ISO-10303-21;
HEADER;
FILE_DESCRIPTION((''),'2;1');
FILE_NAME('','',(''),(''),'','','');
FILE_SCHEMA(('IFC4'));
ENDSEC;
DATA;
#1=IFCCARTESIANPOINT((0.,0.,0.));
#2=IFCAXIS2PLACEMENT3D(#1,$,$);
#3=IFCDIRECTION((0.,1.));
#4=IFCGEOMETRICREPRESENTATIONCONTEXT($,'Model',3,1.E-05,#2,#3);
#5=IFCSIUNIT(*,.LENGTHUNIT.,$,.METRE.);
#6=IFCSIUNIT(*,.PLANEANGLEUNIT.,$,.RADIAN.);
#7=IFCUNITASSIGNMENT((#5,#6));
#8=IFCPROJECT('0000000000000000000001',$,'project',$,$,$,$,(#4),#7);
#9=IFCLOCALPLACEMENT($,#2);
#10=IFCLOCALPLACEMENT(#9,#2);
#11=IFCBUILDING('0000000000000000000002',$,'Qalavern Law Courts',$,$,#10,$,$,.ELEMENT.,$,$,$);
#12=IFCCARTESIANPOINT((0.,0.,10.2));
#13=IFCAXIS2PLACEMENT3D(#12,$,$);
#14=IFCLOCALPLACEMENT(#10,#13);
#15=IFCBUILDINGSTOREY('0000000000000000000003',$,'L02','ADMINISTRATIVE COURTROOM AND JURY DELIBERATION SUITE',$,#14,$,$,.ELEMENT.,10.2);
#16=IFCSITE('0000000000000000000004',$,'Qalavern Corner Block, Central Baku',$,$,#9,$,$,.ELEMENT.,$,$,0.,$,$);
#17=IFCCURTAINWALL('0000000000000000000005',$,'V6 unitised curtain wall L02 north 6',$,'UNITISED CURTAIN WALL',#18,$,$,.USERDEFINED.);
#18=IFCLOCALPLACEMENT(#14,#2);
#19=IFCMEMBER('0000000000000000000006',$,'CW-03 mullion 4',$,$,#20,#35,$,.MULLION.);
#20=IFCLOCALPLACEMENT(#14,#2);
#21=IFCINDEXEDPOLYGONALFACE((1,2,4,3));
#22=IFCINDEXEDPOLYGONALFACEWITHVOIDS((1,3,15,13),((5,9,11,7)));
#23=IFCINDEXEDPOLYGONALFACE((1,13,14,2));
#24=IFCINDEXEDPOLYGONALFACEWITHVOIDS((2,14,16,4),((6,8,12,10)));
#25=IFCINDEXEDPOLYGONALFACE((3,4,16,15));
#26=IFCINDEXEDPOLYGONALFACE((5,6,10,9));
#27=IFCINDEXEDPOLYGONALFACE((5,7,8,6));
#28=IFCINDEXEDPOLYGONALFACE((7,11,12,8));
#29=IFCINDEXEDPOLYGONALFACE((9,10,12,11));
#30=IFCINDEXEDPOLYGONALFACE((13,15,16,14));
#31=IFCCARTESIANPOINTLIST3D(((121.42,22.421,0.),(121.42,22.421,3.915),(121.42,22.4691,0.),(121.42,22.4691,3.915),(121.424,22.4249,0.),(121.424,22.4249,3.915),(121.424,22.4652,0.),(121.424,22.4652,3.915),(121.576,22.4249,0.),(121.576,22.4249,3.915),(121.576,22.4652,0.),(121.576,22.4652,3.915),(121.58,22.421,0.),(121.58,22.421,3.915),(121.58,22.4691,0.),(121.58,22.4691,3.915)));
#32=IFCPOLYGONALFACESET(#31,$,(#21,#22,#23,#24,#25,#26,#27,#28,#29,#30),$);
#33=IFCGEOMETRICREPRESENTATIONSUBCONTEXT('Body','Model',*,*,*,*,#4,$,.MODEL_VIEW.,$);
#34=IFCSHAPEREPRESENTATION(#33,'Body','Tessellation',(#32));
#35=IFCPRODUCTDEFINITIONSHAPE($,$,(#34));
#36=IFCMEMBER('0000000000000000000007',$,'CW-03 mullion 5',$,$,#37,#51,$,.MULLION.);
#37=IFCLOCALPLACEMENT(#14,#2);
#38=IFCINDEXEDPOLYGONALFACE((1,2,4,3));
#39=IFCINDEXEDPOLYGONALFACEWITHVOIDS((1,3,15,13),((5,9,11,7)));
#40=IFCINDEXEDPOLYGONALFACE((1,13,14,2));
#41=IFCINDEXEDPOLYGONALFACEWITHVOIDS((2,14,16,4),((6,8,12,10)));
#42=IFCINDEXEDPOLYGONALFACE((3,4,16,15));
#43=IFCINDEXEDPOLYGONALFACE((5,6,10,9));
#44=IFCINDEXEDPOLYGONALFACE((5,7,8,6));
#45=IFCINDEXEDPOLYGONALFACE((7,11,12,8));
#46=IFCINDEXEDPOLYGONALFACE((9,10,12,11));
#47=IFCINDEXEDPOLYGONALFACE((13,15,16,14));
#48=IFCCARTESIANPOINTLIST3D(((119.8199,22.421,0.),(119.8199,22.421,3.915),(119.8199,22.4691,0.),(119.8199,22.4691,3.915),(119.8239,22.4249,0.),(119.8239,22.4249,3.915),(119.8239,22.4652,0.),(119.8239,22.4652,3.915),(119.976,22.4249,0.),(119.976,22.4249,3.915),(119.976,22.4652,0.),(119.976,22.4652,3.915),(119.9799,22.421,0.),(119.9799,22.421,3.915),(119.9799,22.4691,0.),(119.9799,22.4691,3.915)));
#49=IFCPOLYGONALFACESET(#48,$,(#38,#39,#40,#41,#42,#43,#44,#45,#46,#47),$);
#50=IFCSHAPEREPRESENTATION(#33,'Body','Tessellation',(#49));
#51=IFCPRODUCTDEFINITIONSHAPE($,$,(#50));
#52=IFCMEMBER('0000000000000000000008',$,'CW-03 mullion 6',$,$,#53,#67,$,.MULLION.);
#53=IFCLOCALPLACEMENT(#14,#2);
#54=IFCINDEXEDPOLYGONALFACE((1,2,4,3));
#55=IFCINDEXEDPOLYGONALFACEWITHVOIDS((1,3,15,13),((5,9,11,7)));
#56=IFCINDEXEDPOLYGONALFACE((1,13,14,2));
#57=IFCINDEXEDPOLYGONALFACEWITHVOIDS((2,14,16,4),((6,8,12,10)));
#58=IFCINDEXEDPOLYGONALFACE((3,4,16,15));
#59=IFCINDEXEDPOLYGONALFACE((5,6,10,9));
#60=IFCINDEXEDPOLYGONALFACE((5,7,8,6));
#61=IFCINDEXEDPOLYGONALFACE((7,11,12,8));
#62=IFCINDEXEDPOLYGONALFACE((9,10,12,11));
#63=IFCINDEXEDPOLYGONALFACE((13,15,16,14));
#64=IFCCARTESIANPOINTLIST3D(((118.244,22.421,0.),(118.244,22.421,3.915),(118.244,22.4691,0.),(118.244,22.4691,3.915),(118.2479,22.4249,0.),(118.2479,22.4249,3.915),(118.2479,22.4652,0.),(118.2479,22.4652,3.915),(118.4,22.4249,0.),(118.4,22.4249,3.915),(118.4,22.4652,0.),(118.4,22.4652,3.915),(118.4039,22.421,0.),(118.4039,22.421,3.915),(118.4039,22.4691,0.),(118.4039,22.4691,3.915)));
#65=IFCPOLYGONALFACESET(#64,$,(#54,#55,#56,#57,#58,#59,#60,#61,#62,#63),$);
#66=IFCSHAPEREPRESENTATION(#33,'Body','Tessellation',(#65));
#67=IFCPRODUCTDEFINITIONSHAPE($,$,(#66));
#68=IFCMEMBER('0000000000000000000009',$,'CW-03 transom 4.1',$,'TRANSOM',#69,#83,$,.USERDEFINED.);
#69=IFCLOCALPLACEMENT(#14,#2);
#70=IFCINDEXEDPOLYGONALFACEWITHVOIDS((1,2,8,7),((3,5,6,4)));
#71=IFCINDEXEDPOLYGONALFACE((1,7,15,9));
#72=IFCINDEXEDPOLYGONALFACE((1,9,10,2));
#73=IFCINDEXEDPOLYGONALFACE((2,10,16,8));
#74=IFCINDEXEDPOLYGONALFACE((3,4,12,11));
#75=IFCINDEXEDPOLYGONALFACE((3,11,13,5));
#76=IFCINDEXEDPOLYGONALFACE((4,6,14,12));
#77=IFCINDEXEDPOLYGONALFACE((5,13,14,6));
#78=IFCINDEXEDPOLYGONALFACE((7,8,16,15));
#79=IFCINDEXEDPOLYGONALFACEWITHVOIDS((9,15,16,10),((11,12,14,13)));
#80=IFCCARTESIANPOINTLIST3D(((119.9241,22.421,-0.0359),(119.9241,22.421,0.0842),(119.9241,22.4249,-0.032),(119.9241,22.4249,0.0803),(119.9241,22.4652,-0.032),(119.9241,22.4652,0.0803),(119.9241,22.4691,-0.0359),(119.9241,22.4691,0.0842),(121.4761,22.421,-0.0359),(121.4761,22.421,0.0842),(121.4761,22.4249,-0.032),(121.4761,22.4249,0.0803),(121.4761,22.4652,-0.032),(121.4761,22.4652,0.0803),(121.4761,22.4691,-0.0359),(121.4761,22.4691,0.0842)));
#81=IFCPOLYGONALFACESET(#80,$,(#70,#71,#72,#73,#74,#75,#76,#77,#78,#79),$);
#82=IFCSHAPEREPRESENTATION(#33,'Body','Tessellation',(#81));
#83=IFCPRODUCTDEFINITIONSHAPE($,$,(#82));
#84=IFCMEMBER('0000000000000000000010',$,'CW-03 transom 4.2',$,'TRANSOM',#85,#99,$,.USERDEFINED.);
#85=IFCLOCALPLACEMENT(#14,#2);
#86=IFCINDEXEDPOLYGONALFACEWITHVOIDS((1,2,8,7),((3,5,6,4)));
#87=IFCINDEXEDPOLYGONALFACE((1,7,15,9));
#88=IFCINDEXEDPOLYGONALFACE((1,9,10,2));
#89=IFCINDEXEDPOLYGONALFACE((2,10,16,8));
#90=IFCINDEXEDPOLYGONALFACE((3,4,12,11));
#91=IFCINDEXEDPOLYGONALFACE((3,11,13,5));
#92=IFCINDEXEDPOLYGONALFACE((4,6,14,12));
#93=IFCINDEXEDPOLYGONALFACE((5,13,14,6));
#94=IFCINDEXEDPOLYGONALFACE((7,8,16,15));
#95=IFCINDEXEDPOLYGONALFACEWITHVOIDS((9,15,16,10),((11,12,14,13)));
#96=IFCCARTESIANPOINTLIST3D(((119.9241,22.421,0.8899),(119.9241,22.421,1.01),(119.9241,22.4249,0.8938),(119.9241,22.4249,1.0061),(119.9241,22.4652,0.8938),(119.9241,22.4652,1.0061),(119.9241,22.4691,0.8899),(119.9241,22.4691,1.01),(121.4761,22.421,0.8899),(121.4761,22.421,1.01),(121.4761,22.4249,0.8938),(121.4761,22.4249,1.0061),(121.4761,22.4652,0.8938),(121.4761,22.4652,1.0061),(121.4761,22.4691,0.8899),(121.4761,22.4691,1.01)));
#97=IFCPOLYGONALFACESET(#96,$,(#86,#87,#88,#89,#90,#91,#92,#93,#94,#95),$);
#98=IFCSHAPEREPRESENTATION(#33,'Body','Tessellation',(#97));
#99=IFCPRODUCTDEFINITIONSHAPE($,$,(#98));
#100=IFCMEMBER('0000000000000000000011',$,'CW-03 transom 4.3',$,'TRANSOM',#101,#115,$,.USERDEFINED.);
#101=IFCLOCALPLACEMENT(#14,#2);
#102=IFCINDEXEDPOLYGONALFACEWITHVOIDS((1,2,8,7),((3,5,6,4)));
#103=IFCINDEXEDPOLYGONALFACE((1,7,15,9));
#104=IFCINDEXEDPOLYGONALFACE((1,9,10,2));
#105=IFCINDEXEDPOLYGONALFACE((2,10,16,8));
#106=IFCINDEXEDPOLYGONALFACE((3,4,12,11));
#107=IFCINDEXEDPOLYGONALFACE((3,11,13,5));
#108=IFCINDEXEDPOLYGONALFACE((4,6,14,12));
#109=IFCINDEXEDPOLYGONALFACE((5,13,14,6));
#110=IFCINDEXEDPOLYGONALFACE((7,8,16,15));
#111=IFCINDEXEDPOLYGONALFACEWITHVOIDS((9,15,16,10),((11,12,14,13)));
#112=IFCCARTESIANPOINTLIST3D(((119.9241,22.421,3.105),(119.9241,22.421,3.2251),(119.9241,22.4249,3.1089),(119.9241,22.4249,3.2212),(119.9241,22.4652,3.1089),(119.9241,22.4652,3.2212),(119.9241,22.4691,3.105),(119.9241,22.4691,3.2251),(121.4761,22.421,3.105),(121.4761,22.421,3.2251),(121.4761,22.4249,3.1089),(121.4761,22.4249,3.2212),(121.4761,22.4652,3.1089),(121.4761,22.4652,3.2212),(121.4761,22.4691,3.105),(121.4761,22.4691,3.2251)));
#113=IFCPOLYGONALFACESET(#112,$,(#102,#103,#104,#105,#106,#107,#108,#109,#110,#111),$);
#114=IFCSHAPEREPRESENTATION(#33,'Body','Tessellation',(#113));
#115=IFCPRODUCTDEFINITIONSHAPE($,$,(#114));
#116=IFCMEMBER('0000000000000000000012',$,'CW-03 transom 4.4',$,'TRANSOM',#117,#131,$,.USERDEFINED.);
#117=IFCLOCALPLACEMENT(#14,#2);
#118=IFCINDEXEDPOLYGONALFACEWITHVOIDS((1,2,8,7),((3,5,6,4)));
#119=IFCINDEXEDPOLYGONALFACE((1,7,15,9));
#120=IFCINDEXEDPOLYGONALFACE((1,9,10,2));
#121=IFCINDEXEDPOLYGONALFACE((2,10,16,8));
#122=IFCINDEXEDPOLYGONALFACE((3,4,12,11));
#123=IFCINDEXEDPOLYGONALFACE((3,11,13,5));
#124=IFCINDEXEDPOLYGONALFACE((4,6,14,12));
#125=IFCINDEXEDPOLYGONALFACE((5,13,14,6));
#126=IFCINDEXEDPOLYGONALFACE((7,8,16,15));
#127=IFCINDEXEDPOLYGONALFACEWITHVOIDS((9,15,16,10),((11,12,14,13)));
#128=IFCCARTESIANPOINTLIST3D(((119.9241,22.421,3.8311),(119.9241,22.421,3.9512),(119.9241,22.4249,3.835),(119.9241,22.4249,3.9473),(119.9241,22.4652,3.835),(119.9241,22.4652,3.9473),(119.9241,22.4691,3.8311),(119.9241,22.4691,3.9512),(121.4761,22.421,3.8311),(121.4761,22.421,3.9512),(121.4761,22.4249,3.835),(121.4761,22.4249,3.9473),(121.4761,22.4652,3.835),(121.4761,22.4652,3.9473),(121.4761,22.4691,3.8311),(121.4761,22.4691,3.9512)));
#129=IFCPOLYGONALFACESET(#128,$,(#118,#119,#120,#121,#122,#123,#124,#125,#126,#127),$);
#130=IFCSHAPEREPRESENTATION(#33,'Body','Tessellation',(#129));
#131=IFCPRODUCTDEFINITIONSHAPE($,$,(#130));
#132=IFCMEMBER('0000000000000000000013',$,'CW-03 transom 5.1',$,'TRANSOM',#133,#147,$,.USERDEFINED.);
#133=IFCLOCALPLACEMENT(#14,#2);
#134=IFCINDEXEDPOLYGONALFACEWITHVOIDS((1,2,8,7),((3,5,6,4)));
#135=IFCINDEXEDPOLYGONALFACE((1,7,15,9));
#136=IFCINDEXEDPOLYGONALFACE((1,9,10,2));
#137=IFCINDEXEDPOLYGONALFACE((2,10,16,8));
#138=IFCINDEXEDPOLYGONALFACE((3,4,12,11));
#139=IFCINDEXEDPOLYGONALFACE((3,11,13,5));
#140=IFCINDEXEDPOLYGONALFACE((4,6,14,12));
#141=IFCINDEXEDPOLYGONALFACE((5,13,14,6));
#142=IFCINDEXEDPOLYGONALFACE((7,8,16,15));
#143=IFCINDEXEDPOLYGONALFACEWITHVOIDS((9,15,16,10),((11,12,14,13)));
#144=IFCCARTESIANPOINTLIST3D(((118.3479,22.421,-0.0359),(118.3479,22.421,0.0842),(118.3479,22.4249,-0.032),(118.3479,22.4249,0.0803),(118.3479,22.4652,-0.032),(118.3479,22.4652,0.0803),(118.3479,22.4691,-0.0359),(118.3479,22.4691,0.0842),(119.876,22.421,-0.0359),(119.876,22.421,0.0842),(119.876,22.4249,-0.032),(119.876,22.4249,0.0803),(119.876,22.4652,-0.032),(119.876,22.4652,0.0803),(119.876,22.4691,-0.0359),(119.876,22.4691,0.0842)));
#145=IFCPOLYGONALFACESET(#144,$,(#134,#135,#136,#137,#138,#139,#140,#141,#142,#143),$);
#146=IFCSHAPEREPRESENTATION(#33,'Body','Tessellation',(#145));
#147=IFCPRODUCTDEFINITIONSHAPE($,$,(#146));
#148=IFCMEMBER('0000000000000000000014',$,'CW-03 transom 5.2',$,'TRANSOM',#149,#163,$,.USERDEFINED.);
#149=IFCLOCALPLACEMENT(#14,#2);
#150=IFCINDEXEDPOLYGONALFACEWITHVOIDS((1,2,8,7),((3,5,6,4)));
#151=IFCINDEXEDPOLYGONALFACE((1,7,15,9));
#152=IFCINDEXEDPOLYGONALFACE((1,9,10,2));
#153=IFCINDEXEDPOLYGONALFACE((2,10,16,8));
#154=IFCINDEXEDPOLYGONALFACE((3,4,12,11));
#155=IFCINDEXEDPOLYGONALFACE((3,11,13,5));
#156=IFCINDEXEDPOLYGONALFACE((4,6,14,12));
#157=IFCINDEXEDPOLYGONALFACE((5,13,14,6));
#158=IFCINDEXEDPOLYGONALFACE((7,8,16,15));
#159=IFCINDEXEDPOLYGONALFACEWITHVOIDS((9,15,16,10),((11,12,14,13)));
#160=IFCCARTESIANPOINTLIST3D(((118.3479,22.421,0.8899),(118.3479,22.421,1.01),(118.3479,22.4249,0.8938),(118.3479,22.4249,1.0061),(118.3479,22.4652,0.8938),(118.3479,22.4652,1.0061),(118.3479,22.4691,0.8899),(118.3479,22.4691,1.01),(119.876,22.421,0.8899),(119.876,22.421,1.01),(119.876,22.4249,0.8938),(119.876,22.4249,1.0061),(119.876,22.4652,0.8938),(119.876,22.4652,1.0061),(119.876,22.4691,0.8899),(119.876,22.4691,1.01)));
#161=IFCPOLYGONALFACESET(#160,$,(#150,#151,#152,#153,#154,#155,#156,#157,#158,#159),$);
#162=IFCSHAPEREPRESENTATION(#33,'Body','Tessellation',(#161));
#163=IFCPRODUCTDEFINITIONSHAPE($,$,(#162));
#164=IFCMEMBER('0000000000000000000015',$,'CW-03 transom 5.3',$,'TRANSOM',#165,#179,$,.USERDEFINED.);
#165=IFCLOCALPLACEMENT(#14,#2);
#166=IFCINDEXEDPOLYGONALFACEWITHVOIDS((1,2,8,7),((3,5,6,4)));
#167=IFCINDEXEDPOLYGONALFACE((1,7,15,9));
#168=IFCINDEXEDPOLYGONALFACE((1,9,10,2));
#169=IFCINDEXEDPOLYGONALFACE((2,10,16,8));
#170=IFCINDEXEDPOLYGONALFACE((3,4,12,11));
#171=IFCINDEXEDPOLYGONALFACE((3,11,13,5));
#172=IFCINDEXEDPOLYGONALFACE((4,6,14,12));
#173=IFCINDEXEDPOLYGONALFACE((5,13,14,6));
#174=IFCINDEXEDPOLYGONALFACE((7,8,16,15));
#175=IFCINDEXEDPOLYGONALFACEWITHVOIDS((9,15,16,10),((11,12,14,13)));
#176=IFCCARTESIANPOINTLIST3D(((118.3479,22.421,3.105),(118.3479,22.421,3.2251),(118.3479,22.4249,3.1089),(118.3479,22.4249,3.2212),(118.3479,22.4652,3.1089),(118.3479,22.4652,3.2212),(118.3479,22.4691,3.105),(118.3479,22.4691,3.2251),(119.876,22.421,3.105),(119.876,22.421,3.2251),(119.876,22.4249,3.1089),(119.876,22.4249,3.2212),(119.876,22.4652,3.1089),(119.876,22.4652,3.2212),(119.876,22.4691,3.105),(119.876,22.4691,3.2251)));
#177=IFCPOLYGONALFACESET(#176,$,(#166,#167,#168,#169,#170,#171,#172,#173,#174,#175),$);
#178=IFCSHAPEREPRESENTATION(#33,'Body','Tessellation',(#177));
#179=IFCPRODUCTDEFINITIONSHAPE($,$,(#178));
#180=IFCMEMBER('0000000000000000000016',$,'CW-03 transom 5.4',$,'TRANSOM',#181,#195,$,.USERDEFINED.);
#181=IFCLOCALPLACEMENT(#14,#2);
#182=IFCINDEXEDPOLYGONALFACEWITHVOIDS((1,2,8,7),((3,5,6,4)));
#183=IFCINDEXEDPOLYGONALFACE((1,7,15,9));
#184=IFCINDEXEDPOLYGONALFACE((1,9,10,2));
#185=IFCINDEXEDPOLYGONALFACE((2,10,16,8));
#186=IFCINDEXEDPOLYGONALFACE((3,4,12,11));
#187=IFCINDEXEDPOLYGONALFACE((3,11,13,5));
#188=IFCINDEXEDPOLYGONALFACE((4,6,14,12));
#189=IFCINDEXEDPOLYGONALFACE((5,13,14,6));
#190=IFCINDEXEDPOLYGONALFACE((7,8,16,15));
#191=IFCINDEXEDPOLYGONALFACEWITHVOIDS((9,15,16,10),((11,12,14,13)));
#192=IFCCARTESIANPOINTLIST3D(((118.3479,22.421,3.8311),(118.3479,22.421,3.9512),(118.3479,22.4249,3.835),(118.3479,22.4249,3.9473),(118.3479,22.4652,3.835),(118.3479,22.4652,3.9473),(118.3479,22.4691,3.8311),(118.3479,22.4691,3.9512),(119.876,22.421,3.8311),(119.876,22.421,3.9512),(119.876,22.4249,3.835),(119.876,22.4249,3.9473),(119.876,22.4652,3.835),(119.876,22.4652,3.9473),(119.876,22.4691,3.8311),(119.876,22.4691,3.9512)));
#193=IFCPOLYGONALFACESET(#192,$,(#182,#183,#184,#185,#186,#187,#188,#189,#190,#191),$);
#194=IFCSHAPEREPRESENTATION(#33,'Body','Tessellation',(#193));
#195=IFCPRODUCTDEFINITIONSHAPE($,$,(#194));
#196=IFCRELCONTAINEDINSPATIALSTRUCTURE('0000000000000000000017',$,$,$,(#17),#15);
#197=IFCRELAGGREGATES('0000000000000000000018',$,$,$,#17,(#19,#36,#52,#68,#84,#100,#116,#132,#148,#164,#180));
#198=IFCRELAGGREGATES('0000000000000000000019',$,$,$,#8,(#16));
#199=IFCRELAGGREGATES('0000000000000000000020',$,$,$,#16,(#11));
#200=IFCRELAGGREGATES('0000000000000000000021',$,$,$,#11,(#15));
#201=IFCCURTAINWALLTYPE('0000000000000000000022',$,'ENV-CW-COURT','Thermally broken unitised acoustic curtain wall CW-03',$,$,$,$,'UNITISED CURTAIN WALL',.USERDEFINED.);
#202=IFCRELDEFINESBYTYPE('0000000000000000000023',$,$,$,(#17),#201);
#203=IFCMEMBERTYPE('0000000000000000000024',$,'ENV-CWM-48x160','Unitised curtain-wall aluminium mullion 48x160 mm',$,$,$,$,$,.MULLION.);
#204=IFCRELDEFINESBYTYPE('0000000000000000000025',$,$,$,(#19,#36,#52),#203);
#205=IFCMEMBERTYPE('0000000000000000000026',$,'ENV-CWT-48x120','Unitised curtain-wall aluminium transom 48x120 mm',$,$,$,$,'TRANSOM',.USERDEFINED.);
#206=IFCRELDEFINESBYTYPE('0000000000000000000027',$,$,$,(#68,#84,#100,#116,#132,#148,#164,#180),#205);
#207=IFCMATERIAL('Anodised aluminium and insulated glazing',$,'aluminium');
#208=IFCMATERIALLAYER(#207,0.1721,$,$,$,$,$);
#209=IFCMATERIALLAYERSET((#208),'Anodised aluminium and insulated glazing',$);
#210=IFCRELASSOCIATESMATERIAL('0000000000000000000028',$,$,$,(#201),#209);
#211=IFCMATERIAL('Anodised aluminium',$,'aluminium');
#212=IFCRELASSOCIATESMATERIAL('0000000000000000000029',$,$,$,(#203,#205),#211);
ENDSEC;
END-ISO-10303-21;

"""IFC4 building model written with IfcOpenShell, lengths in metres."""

from ifc_helpers import new_model, si_unit, direction, frame, origin, origin_2d, place, context, subcontext, project, spatial, hollow_rectangle, extrude, material, layer, layer_set, material_profile, profile_set, type_object, element, aggregate, save


model = new_model("IFC4")

# Units and contexts
model_context = context("Model", 3, precision=1e-05, world=origin(), true_north=direction((0.0, 1.0)))
body_context = subcontext(model_context, "Body", "Model", "MODEL_VIEW")
ifc_project = project(units=[si_unit("LENGTHUNIT", "METRE"), si_unit("PLANEANGLEUNIT", "RADIAN")], contexts=[model_context])

# Site, building, storey
site_placement = place(None, origin())
site = spatial("IfcSite", under=ifc_project, at=site_placement, Name="Qalavern Corner Block, Central Baku", CompositionType="ELEMENT", RefElevation=0.0)
building_placement = place(site_placement, origin())
building = spatial("IfcBuilding", under=site, at=building_placement, Name="Qalavern Law Courts", CompositionType="ELEMENT")
storey_placement = place(building_placement, frame((0.0, 0.0, 10.2)))
storey = spatial("IfcBuildingStorey", under=building, at=storey_placement, Name="L02", Description="ADMINISTRATIVE COURTROOM AND JURY DELIBERATION SUITE", CompositionType="ELEMENT", Elevation=10.2)

# Curtain wall, members
ifc_material_1 = material(Name="Anodised aluminium and insulated glazing", Category="aluminium")
ifc_layer_1 = layer(ifc_material_1, 0.1721)
ifc_layer_set_1 = layer_set([ifc_layer_1], Name="Anodised aluminium and insulated glazing")
curtain_wall_type = type_object("IfcCurtainWallType", Name="ENV-CW-COURT", Description="Thermally broken unitised acoustic curtain wall CW-03", ElementType="UNITISED CURTAIN WALL", PredefinedType="USERDEFINED", material=ifc_layer_set_1)
curtain_wall_placement = place(storey_placement, origin())
curtain_wall = element("IfcCurtainWall", 1, at=curtain_wall_placement, inside=storey, type_object=curtain_wall_type, Name="V6 unitised curtain wall L02 north 6", ObjectType="UNITISED CURTAIN WALL", PredefinedType="USERDEFINED")
ifc_material_2 = material(Name="Anodised aluminium", Category="aluminium")
ifc_material_profile_1 = material_profile(ifc_material_2, hollow_rectangle(XDim=0.0481, YDim=0.1599, WallThickness=0.0039, at=origin_2d()), Name="ALU MULLION 48x160")
ifc_profile_set_1 = profile_set([ifc_material_profile_1], Name="Anodised aluminium")
member_type_1 = type_object("IfcMemberType", Name="ENV-CWM-48x160", Description="Unitised curtain-wall aluminium mullion 48x160 mm", PredefinedType="MULLION", material=ifc_profile_set_1)
member_1_placement = place(storey_placement, frame((121.5, 22.4451, 0.0), z_axis=(0.0, 0.0, 1.0), x_axis=(0.0, -1.0, 0.0)))
member_1 = element("IfcMember", 2, at=member_1_placement, type_object=member_type_1, Name="CW-03 mullion 4", PredefinedType="MULLION", context=body_context, shape_type="SweptSolid", body=[
    extrude(hollow_rectangle(XDim=0.0481, YDim=0.1599, WallThickness=0.0039, at=origin_2d()), origin(), (0.0, 0.0, 1.0), 3.915),
])
member_2_placement = place(storey_placement, frame((119.8999, 22.4451, 0.0), z_axis=(0.0, 0.0, 1.0), x_axis=(0.0, -1.0, 0.0)))
member_2 = element("IfcMember", 3, at=member_2_placement, type_object=member_type_1, Name="CW-03 mullion 5", PredefinedType="MULLION", context=body_context, shape_type="SweptSolid", body=[
    extrude(hollow_rectangle(XDim=0.0481, YDim=0.1599, WallThickness=0.0039, at=origin_2d()), origin(), (0.0, 0.0, 1.0), 3.915),
])
member_3_placement = place(storey_placement, frame((118.324, 22.4451, 0.0), z_axis=(0.0, 0.0, 1.0), x_axis=(0.0, -1.0, 0.0)))
member_3 = element("IfcMember", 4, at=member_3_placement, type_object=member_type_1, Name="CW-03 mullion 6", PredefinedType="MULLION", context=body_context, shape_type="SweptSolid", body=[
    extrude(hollow_rectangle(XDim=0.0481, YDim=0.1599, WallThickness=0.0039, at=origin_2d()), origin(), (0.0, 0.0, 1.0), 3.915),
])
ifc_material_profile_2 = material_profile(ifc_material_2, hollow_rectangle(XDim=0.0481, YDim=0.1201, WallThickness=0.0039, at=origin_2d()), Name="ALU TRANSOM 48x120")
ifc_profile_set_2 = profile_set([ifc_material_profile_2], Name="Anodised aluminium")
member_type_2 = type_object("IfcMemberType", Name="ENV-CWT-48x120", Description="Unitised curtain-wall aluminium transom 48x120 mm", ElementType="TRANSOM", PredefinedType="USERDEFINED", material=ifc_profile_set_2)
member_4_placement = place(storey_placement, frame((121.4761, 22.4451, 0.0242), z_axis=(-1.0, 0.0, 0.0), x_axis=(0.0, -1.0, 0.0)))
member_4 = element("IfcMember", 5, at=member_4_placement, type_object=member_type_2, Name="CW-03 transom 4.1", ObjectType="TRANSOM", PredefinedType="USERDEFINED", context=body_context, shape_type="SweptSolid", body=[
    extrude(hollow_rectangle(XDim=0.0481, YDim=0.1201, WallThickness=0.0039, at=origin_2d()), origin(), (0.0, 0.0, 1.0), 1.552),
])
member_5_placement = place(storey_placement, frame((121.4761, 22.4451, 0.95), z_axis=(-1.0, 0.0, 0.0), x_axis=(0.0, -1.0, 0.0)))
member_5 = element("IfcMember", 6, at=member_5_placement, type_object=member_type_2, Name="CW-03 transom 4.2", ObjectType="TRANSOM", PredefinedType="USERDEFINED", context=body_context, shape_type="SweptSolid", body=[
    extrude(hollow_rectangle(XDim=0.0481, YDim=0.1201, WallThickness=0.0039, at=origin_2d()), origin(), (0.0, 0.0, 1.0), 1.552),
])
member_6_placement = place(storey_placement, frame((121.4761, 22.4451, 3.165), z_axis=(-1.0, 0.0, 0.0), x_axis=(0.0, -1.0, 0.0)))
member_6 = element("IfcMember", 7, at=member_6_placement, type_object=member_type_2, Name="CW-03 transom 4.3", ObjectType="TRANSOM", PredefinedType="USERDEFINED", context=body_context, shape_type="SweptSolid", body=[
    extrude(hollow_rectangle(XDim=0.0481, YDim=0.1201, WallThickness=0.0039, at=origin_2d()), origin(), (0.0, 0.0, 1.0), 1.552),
])
member_7_placement = place(storey_placement, frame((121.4761, 22.4451, 3.8911), z_axis=(-1.0, 0.0, 0.0), x_axis=(0.0, -1.0, 0.0)))
member_7 = element("IfcMember", 8, at=member_7_placement, type_object=member_type_2, Name="CW-03 transom 4.4", ObjectType="TRANSOM", PredefinedType="USERDEFINED", context=body_context, shape_type="SweptSolid", body=[
    extrude(hollow_rectangle(XDim=0.0481, YDim=0.1201, WallThickness=0.0039, at=origin_2d()), origin(), (0.0, 0.0, 1.0), 1.552),
])
member_8_placement = place(storey_placement, frame((119.876, 22.4451, 0.0242), z_axis=(-1.0, 0.0, 0.0), x_axis=(0.0, -1.0, 0.0)))
member_8 = element("IfcMember", 9, at=member_8_placement, type_object=member_type_2, Name="CW-03 transom 5.1", ObjectType="TRANSOM", PredefinedType="USERDEFINED", context=body_context, shape_type="SweptSolid", body=[
    extrude(hollow_rectangle(XDim=0.0481, YDim=0.1201, WallThickness=0.0039, at=origin_2d()), origin(), (0.0, 0.0, 1.0), 1.5281),
])
member_9_placement = place(storey_placement, frame((119.876, 22.4451, 0.95), z_axis=(-1.0, 0.0, 0.0), x_axis=(0.0, -1.0, 0.0)))
member_9 = element("IfcMember", 10, at=member_9_placement, type_object=member_type_2, Name="CW-03 transom 5.2", ObjectType="TRANSOM", PredefinedType="USERDEFINED", context=body_context, shape_type="SweptSolid", body=[
    extrude(hollow_rectangle(XDim=0.0481, YDim=0.1201, WallThickness=0.0039, at=origin_2d()), origin(), (0.0, 0.0, 1.0), 1.5281),
])
member_10_placement = place(storey_placement, frame((119.876, 22.4451, 3.165), z_axis=(-1.0, 0.0, 0.0), x_axis=(0.0, -1.0, 0.0)))
member_10 = element("IfcMember", 11, at=member_10_placement, type_object=member_type_2, Name="CW-03 transom 5.3", ObjectType="TRANSOM", PredefinedType="USERDEFINED", context=body_context, shape_type="SweptSolid", body=[
    extrude(hollow_rectangle(XDim=0.0481, YDim=0.1201, WallThickness=0.0039, at=origin_2d()), origin(), (0.0, 0.0, 1.0), 1.5281),
])
member_11_placement = place(storey_placement, frame((119.876, 22.4451, 3.8911), z_axis=(-1.0, 0.0, 0.0), x_axis=(0.0, -1.0, 0.0)))
member_11 = element("IfcMember", 12, at=member_11_placement, type_object=member_type_2, Name="CW-03 transom 5.4", ObjectType="TRANSOM", PredefinedType="USERDEFINED", context=body_context, shape_type="SweptSolid", body=[
    extrude(hollow_rectangle(XDim=0.0481, YDim=0.1201, WallThickness=0.0039, at=origin_2d()), origin(), (0.0, 0.0, 1.0), 1.5281),
])
aggregate(curtain_wall, [member_1, member_2, member_3, member_4, member_5, member_6, member_7, member_8, member_9, member_10, member_11])

save(model, "model.ifc")
